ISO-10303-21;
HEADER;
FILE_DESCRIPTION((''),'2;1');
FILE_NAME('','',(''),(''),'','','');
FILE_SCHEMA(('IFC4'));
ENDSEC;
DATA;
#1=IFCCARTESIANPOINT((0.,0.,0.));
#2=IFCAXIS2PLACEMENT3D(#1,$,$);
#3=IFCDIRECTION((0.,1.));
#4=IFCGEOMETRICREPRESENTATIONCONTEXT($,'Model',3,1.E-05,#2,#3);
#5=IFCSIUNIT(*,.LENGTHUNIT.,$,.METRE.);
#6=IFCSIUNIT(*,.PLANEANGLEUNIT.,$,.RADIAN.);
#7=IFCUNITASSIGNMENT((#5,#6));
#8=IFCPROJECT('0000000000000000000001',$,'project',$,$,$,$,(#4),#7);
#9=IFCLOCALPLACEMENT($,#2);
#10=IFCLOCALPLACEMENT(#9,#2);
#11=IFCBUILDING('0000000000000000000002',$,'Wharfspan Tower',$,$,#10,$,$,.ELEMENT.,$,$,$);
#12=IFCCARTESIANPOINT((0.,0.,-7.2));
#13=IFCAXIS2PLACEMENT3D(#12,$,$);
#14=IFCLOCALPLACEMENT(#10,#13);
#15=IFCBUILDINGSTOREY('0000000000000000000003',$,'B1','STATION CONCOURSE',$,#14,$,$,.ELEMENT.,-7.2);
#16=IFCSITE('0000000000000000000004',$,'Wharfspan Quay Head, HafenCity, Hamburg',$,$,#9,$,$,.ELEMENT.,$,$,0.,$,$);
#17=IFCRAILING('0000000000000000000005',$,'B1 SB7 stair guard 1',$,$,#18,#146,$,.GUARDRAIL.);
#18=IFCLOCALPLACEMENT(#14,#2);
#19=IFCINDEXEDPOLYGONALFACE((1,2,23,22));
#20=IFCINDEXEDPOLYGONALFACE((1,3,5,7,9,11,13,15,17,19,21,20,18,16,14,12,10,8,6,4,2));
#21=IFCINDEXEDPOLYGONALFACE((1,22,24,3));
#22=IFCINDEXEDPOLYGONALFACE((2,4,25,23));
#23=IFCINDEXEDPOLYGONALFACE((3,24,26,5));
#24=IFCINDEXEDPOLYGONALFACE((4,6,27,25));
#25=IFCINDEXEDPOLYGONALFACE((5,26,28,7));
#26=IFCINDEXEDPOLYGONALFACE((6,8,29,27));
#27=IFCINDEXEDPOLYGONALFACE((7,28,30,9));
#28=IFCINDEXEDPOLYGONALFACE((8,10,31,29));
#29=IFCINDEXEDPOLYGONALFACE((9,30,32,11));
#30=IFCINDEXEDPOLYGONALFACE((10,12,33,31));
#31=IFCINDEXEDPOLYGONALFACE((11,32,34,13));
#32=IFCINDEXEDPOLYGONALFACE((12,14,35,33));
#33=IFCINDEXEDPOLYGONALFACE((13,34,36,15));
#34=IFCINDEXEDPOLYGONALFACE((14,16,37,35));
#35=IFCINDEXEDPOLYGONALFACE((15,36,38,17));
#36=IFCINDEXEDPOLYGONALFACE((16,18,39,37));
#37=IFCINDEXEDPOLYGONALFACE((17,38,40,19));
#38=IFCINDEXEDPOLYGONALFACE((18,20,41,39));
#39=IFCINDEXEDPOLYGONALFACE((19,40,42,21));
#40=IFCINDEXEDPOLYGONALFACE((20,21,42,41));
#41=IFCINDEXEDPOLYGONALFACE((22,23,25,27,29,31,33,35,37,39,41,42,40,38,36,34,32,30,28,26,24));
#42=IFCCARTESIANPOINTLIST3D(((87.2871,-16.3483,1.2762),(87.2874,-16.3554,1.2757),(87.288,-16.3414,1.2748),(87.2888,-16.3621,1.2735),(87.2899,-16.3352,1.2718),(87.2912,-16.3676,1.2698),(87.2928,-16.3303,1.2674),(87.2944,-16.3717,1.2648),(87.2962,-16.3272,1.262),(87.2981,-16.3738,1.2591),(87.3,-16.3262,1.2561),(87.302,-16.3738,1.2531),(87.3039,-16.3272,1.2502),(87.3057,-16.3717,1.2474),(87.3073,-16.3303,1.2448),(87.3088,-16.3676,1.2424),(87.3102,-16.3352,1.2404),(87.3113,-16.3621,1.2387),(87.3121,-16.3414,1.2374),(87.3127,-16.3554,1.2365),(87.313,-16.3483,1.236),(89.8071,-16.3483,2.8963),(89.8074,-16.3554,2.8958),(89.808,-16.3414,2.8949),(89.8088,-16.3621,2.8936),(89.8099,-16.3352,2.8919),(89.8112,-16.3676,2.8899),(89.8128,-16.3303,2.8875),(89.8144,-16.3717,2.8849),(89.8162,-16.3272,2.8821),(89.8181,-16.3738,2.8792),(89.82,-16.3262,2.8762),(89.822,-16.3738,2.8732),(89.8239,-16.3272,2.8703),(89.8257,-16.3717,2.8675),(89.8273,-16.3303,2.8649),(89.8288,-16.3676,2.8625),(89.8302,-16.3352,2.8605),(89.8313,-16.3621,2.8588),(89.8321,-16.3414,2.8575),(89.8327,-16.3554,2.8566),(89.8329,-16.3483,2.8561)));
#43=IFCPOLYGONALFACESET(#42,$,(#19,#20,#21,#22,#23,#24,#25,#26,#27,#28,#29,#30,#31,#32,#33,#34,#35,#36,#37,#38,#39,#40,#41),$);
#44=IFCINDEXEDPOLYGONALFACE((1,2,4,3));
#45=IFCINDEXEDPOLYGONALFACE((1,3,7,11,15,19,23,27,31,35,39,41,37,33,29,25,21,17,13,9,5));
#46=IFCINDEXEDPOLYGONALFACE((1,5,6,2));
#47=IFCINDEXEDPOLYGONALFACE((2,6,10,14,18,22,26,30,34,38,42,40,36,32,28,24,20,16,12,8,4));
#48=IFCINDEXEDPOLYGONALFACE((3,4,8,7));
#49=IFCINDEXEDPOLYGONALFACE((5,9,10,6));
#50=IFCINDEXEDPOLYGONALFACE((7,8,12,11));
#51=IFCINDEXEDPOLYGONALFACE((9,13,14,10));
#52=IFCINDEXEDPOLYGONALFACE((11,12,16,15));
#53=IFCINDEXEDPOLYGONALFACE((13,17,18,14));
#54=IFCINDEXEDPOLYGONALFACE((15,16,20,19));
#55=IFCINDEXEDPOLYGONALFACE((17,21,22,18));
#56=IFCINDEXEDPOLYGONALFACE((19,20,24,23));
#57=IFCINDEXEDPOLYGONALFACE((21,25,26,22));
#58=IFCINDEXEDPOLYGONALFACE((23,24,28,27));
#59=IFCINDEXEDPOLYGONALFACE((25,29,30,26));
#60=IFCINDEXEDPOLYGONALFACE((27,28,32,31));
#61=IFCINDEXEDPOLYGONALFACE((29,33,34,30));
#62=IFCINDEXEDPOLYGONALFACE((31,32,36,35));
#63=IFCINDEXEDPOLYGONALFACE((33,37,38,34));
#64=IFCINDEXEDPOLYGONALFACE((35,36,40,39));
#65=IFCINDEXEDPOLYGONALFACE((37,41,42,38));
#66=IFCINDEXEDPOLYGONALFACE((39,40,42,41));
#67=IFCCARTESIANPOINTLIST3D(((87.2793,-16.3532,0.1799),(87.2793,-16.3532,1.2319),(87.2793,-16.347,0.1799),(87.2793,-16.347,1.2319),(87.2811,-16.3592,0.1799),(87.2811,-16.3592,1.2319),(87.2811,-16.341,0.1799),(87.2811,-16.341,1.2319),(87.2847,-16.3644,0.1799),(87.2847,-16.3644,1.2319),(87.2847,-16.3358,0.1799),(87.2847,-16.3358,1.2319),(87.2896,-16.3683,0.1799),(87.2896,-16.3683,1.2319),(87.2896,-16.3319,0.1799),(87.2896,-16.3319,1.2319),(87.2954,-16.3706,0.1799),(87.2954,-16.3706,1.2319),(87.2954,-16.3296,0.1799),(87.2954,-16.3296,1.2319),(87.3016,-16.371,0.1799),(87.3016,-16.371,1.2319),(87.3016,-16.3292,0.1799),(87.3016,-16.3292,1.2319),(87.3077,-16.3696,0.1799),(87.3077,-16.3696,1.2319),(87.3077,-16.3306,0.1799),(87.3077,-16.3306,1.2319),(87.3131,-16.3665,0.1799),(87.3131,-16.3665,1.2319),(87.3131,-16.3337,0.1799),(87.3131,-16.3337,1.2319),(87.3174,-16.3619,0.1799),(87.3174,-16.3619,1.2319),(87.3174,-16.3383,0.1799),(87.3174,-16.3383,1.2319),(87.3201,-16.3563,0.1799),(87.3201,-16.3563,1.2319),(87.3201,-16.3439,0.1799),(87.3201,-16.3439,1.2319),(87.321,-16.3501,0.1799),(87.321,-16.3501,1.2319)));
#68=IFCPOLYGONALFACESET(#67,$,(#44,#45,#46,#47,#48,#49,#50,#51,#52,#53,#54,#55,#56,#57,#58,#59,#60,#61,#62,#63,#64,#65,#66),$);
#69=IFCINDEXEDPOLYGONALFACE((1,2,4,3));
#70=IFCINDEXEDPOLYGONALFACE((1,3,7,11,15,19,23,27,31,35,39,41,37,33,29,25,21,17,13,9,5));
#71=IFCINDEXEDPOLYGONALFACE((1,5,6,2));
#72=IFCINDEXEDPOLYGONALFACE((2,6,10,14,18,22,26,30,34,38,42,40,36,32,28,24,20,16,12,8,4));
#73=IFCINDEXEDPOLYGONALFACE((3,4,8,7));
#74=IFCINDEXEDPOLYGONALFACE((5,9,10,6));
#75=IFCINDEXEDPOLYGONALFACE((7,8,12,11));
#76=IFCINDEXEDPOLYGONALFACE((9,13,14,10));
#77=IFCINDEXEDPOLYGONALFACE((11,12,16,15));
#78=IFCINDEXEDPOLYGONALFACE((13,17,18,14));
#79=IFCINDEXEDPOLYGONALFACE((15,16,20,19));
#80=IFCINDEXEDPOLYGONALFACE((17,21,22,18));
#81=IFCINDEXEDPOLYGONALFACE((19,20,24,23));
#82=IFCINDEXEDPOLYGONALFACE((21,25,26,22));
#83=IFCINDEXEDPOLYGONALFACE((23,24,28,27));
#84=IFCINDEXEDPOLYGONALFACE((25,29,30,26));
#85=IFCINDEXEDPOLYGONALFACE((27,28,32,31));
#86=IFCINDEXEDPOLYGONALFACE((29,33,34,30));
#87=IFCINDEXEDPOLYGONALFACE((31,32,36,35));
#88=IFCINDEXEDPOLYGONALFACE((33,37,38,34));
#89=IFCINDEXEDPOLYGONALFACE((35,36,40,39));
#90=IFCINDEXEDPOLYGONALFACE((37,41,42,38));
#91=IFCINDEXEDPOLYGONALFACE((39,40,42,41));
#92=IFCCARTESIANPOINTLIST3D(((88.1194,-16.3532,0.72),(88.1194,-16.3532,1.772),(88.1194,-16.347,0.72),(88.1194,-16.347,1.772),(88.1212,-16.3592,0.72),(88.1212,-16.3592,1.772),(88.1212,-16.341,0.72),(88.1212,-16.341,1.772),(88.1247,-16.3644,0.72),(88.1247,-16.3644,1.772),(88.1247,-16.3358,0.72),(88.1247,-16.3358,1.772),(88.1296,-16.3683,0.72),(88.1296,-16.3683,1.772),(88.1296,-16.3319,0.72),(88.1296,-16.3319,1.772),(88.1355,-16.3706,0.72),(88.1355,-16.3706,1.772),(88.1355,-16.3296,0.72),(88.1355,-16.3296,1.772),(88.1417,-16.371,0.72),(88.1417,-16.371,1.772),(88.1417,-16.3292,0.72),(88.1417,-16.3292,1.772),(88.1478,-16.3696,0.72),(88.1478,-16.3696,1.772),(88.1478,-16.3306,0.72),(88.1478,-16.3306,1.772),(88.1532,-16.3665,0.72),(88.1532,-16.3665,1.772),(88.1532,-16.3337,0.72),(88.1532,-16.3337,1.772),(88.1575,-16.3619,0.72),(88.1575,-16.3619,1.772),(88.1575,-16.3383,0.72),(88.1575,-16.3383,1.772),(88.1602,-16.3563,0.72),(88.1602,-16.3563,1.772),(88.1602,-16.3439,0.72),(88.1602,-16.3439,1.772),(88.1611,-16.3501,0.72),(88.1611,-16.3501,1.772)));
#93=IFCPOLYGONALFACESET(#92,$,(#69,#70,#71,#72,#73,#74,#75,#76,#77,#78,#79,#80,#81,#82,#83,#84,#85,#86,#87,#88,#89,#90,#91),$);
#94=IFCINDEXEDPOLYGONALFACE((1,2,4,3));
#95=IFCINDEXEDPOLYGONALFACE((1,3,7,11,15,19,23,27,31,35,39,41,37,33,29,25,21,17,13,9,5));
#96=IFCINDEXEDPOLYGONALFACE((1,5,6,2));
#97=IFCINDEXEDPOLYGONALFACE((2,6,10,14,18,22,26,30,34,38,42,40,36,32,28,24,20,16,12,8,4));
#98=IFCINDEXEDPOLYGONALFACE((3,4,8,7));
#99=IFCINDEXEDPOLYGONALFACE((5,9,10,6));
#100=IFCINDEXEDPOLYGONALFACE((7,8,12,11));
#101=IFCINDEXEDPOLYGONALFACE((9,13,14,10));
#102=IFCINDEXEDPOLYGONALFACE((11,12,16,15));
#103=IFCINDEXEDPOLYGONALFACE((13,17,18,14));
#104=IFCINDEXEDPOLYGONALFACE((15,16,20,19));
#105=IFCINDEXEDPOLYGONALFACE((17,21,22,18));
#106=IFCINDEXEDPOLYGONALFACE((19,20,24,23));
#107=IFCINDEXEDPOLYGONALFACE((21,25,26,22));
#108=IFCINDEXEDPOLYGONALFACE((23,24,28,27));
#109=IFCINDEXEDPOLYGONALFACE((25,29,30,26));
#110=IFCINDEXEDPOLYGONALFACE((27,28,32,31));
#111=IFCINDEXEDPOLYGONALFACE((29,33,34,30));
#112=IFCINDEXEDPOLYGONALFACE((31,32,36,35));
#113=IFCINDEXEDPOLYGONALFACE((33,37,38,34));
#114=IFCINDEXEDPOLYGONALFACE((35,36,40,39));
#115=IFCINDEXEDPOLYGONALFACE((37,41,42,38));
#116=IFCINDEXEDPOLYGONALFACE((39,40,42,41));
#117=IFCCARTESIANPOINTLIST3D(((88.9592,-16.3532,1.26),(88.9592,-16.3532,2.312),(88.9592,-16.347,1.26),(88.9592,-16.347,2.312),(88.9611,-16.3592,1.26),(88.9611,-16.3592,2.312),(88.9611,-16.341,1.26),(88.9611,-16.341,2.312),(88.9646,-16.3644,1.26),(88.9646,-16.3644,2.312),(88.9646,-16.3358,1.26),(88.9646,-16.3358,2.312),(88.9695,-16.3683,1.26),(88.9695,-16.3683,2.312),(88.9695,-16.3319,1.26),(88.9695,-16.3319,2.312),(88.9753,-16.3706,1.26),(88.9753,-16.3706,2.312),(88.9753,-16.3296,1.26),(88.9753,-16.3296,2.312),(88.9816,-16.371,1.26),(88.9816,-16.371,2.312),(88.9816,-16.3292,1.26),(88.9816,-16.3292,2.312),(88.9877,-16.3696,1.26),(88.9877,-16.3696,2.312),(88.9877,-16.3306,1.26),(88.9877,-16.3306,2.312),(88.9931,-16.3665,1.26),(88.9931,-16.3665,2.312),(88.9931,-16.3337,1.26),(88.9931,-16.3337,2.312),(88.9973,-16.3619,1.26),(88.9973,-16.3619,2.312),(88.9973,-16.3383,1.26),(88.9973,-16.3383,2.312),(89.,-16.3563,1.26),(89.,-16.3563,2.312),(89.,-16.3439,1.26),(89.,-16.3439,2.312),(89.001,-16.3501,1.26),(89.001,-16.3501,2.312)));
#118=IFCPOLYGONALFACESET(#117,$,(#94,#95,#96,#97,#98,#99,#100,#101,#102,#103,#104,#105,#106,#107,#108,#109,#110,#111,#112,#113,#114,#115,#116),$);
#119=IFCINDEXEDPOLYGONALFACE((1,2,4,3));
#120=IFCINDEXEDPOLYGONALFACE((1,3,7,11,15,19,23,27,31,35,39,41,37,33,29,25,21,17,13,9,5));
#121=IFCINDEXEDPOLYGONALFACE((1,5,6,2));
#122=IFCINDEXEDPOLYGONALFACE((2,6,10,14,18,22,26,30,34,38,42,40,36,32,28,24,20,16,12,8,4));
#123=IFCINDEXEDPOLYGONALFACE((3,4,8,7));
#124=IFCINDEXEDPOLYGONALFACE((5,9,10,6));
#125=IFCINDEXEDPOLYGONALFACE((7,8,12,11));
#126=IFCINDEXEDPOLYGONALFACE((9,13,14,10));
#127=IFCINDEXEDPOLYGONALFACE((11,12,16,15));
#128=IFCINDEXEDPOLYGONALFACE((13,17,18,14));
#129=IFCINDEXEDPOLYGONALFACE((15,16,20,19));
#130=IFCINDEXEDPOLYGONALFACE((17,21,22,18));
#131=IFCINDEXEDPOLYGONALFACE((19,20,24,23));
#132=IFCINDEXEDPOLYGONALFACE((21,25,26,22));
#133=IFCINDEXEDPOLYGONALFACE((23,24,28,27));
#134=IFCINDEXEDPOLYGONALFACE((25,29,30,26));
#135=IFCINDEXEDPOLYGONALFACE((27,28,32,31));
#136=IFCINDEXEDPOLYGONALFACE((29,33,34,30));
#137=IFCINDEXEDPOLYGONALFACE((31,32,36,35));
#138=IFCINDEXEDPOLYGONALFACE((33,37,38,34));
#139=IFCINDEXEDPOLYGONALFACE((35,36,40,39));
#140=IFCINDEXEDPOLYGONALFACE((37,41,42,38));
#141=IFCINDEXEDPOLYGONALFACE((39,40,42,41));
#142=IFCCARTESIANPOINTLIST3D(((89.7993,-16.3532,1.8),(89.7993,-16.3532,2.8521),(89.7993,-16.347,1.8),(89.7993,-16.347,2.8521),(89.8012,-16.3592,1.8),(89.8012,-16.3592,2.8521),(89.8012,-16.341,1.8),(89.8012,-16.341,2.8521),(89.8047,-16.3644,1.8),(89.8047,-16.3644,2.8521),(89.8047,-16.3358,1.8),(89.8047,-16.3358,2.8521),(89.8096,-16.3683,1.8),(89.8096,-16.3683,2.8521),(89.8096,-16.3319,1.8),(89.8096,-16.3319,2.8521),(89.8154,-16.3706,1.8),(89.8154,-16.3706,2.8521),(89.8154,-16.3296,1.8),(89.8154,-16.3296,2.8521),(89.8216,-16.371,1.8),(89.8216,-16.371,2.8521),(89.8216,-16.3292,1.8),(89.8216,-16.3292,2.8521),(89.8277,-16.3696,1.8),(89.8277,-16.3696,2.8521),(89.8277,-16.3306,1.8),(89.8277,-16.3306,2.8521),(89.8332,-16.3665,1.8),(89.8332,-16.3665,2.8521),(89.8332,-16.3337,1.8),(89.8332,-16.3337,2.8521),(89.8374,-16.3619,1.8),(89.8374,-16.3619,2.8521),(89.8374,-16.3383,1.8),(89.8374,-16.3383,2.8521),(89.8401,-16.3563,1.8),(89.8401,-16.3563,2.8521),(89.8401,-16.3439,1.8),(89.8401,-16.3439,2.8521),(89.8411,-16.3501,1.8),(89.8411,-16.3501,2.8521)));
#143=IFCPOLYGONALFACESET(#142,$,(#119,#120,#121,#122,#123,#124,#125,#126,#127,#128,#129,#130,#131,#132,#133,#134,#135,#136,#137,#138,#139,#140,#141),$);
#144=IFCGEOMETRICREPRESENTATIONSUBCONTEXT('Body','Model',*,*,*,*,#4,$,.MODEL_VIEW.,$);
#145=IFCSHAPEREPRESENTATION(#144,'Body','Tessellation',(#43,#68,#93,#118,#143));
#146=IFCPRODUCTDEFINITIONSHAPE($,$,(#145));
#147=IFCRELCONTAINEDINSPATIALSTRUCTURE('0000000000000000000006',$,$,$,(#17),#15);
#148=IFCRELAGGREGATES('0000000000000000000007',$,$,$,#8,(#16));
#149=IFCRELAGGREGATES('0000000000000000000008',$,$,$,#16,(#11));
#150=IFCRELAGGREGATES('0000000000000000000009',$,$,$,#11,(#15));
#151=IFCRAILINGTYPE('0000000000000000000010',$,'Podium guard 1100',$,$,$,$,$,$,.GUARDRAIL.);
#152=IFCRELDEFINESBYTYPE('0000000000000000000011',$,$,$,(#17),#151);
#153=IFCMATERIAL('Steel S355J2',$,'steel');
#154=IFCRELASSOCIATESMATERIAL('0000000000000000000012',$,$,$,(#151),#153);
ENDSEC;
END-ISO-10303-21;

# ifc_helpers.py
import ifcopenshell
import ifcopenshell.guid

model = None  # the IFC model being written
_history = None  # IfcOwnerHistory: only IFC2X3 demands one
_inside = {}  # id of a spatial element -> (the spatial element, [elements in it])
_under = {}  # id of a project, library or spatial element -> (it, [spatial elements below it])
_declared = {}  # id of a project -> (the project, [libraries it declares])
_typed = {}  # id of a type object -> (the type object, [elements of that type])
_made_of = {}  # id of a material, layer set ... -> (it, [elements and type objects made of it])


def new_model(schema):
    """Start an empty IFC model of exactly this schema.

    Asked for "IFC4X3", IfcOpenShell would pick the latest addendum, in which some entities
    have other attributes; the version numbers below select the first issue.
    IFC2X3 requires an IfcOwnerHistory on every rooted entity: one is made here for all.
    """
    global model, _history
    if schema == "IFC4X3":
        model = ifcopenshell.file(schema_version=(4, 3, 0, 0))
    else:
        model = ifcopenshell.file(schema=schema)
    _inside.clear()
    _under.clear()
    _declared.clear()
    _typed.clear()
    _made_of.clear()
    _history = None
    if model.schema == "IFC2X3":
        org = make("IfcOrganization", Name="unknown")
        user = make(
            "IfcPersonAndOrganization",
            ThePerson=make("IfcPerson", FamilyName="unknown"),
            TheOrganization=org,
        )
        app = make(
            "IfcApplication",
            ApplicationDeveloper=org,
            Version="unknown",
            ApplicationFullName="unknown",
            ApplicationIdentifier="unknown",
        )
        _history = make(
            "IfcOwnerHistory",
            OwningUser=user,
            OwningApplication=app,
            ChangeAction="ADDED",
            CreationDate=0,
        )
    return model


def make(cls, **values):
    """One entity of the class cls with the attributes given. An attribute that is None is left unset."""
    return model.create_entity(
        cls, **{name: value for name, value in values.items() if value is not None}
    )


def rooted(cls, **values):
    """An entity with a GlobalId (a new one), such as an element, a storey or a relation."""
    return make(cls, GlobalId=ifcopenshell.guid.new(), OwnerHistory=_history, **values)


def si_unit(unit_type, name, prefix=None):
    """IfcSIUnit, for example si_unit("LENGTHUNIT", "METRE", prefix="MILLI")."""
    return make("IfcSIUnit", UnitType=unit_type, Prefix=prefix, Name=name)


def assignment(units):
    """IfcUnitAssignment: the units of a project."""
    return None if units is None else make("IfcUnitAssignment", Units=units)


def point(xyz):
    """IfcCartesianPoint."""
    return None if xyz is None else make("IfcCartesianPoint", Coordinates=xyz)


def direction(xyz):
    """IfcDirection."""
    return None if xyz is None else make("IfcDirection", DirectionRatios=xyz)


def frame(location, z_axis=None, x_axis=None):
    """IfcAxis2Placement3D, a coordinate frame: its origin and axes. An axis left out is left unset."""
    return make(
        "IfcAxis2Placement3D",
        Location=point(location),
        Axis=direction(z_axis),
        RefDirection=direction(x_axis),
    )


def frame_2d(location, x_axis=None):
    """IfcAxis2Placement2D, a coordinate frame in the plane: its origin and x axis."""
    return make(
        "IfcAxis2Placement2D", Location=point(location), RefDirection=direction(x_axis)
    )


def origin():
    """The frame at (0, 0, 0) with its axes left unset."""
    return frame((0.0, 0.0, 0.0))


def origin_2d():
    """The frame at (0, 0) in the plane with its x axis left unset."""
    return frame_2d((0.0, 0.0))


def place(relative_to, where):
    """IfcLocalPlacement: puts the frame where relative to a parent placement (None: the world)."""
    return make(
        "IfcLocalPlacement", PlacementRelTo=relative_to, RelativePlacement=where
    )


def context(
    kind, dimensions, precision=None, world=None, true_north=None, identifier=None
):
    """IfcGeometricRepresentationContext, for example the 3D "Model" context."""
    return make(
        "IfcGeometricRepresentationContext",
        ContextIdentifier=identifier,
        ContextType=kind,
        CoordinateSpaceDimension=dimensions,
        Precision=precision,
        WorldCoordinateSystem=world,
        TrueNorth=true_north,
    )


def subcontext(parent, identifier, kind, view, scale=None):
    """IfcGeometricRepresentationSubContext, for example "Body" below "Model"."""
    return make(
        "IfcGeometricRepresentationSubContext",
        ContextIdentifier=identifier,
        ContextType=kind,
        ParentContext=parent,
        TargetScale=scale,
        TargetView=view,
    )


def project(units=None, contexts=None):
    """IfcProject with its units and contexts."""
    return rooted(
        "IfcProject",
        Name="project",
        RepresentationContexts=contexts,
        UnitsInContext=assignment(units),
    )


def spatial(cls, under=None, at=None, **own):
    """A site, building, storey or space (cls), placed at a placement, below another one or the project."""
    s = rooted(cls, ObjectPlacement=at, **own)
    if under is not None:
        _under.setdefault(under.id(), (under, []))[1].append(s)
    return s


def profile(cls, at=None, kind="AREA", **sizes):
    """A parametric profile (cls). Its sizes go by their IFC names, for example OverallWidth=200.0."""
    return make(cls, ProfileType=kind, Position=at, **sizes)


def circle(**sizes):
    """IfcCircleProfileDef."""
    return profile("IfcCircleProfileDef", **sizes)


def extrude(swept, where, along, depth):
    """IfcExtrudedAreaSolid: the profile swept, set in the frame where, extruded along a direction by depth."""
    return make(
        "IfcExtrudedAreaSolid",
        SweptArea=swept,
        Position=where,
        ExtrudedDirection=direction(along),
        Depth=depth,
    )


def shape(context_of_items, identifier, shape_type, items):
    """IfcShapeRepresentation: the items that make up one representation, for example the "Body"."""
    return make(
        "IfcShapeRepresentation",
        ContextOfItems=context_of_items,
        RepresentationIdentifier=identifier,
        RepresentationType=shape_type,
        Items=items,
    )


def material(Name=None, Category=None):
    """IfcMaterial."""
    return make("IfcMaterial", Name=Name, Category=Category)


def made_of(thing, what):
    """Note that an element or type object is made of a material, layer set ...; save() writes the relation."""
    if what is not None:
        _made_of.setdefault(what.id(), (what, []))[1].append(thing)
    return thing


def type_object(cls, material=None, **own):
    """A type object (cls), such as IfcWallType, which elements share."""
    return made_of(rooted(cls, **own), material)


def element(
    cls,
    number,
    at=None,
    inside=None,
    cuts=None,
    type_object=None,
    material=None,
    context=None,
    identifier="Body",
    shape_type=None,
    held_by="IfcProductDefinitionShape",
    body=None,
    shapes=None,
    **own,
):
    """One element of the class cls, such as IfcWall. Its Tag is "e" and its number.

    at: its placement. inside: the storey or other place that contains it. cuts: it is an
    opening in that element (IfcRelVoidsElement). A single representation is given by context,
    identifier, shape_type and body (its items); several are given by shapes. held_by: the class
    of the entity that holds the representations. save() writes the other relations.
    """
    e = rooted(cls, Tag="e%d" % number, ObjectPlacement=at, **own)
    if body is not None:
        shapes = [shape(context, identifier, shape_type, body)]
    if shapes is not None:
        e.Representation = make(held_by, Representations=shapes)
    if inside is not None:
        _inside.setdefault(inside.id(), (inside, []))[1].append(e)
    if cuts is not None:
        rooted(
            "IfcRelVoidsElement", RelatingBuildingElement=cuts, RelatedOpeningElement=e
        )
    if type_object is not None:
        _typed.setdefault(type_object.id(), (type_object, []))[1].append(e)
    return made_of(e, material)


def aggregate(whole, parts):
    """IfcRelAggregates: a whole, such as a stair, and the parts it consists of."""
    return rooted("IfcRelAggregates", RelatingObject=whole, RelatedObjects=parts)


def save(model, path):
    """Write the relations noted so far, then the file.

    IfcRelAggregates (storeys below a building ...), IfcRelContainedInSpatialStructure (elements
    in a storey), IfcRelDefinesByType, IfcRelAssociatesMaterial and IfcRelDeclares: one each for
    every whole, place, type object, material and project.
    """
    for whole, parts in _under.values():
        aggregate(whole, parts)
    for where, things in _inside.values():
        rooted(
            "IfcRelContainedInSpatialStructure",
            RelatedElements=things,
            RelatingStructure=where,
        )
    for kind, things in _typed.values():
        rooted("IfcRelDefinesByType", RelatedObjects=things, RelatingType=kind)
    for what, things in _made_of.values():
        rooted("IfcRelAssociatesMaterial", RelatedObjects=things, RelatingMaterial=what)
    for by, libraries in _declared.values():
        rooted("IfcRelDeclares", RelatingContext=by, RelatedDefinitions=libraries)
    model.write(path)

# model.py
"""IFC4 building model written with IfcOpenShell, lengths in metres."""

from ifc_helpers import new_model, si_unit, direction, frame, origin, origin_2d, place, context, subcontext, project, spatial, circle, extrude, material, type_object, element, save


model = new_model("IFC4")

# Units and contexts
model_context = context("Model", 3, precision=1e-05, world=origin(), true_north=direction((0.0, 1.0)))
body_context = subcontext(model_context, "Body", "Model", "MODEL_VIEW")
ifc_project = project(units=[si_unit("LENGTHUNIT", "METRE"), si_unit("PLANEANGLEUNIT", "RADIAN")], contexts=[model_context])

# Site, building, storey
site_placement = place(None, origin())
site = spatial("IfcSite", under=ifc_project, at=site_placement, Name="Wharfspan Quay Head, HafenCity, Hamburg", CompositionType="ELEMENT", RefElevation=0.0)
building_placement = place(site_placement, origin())
building = spatial("IfcBuilding", under=site, at=building_placement, Name="Wharfspan Tower", CompositionType="ELEMENT")
storey_placement = place(building_placement, frame((0.0, 0.0, -7.2)))
storey = spatial("IfcBuildingStorey", under=building, at=storey_placement, Name="B1", Description="STATION CONCOURSE", CompositionType="ELEMENT", Elevation=-7.2)

# Railing
ifc_material_1 = material(Name="Steel S355J2", Category="steel")
railing_type_1 = type_object("IfcRailingType", Name="Podium guard 1100", PredefinedType="GUARDRAIL", material=ifc_material_1)
railing_1_placement = place(storey_placement, frame((87.3, -16.3501, 0.1799)))
element("IfcRailing", 1, at=railing_1_placement, inside=storey, type_object=railing_type_1, Name="B1 SB7 stair guard 1", PredefinedType="GUARDRAIL", context=body_context, shape_type="SweptSolid", body=[
    extrude(circle(Radius=0.0239, at=origin_2d()), frame((0.0, 0.0, 1.0762), z_axis=(0.841163, 0.0, 0.540782), x_axis=(0.0, 1.0, 0.0)), (0.0, 0.0, 1.0), 2.9958),
    extrude(circle(Radius=0.021, at=origin_2d()), origin(), (0.0, 0.0, 1.0), 1.052),
    extrude(circle(Radius=0.021, at=origin_2d()), frame((0.8401, 0.0, 0.54)), (0.0, 0.0, 1.0), 1.052),
    extrude(circle(Radius=0.021, at=origin_2d()), frame((1.6799, 0.0, 1.0801)), (0.0, 0.0, 1.0), 1.052),
    extrude(circle(Radius=0.021, at=origin_2d()), frame((2.52, 0.0, 1.6201)), (0.0, 0.0, 1.0), 1.052),
])

save(model, "model.ifc")
